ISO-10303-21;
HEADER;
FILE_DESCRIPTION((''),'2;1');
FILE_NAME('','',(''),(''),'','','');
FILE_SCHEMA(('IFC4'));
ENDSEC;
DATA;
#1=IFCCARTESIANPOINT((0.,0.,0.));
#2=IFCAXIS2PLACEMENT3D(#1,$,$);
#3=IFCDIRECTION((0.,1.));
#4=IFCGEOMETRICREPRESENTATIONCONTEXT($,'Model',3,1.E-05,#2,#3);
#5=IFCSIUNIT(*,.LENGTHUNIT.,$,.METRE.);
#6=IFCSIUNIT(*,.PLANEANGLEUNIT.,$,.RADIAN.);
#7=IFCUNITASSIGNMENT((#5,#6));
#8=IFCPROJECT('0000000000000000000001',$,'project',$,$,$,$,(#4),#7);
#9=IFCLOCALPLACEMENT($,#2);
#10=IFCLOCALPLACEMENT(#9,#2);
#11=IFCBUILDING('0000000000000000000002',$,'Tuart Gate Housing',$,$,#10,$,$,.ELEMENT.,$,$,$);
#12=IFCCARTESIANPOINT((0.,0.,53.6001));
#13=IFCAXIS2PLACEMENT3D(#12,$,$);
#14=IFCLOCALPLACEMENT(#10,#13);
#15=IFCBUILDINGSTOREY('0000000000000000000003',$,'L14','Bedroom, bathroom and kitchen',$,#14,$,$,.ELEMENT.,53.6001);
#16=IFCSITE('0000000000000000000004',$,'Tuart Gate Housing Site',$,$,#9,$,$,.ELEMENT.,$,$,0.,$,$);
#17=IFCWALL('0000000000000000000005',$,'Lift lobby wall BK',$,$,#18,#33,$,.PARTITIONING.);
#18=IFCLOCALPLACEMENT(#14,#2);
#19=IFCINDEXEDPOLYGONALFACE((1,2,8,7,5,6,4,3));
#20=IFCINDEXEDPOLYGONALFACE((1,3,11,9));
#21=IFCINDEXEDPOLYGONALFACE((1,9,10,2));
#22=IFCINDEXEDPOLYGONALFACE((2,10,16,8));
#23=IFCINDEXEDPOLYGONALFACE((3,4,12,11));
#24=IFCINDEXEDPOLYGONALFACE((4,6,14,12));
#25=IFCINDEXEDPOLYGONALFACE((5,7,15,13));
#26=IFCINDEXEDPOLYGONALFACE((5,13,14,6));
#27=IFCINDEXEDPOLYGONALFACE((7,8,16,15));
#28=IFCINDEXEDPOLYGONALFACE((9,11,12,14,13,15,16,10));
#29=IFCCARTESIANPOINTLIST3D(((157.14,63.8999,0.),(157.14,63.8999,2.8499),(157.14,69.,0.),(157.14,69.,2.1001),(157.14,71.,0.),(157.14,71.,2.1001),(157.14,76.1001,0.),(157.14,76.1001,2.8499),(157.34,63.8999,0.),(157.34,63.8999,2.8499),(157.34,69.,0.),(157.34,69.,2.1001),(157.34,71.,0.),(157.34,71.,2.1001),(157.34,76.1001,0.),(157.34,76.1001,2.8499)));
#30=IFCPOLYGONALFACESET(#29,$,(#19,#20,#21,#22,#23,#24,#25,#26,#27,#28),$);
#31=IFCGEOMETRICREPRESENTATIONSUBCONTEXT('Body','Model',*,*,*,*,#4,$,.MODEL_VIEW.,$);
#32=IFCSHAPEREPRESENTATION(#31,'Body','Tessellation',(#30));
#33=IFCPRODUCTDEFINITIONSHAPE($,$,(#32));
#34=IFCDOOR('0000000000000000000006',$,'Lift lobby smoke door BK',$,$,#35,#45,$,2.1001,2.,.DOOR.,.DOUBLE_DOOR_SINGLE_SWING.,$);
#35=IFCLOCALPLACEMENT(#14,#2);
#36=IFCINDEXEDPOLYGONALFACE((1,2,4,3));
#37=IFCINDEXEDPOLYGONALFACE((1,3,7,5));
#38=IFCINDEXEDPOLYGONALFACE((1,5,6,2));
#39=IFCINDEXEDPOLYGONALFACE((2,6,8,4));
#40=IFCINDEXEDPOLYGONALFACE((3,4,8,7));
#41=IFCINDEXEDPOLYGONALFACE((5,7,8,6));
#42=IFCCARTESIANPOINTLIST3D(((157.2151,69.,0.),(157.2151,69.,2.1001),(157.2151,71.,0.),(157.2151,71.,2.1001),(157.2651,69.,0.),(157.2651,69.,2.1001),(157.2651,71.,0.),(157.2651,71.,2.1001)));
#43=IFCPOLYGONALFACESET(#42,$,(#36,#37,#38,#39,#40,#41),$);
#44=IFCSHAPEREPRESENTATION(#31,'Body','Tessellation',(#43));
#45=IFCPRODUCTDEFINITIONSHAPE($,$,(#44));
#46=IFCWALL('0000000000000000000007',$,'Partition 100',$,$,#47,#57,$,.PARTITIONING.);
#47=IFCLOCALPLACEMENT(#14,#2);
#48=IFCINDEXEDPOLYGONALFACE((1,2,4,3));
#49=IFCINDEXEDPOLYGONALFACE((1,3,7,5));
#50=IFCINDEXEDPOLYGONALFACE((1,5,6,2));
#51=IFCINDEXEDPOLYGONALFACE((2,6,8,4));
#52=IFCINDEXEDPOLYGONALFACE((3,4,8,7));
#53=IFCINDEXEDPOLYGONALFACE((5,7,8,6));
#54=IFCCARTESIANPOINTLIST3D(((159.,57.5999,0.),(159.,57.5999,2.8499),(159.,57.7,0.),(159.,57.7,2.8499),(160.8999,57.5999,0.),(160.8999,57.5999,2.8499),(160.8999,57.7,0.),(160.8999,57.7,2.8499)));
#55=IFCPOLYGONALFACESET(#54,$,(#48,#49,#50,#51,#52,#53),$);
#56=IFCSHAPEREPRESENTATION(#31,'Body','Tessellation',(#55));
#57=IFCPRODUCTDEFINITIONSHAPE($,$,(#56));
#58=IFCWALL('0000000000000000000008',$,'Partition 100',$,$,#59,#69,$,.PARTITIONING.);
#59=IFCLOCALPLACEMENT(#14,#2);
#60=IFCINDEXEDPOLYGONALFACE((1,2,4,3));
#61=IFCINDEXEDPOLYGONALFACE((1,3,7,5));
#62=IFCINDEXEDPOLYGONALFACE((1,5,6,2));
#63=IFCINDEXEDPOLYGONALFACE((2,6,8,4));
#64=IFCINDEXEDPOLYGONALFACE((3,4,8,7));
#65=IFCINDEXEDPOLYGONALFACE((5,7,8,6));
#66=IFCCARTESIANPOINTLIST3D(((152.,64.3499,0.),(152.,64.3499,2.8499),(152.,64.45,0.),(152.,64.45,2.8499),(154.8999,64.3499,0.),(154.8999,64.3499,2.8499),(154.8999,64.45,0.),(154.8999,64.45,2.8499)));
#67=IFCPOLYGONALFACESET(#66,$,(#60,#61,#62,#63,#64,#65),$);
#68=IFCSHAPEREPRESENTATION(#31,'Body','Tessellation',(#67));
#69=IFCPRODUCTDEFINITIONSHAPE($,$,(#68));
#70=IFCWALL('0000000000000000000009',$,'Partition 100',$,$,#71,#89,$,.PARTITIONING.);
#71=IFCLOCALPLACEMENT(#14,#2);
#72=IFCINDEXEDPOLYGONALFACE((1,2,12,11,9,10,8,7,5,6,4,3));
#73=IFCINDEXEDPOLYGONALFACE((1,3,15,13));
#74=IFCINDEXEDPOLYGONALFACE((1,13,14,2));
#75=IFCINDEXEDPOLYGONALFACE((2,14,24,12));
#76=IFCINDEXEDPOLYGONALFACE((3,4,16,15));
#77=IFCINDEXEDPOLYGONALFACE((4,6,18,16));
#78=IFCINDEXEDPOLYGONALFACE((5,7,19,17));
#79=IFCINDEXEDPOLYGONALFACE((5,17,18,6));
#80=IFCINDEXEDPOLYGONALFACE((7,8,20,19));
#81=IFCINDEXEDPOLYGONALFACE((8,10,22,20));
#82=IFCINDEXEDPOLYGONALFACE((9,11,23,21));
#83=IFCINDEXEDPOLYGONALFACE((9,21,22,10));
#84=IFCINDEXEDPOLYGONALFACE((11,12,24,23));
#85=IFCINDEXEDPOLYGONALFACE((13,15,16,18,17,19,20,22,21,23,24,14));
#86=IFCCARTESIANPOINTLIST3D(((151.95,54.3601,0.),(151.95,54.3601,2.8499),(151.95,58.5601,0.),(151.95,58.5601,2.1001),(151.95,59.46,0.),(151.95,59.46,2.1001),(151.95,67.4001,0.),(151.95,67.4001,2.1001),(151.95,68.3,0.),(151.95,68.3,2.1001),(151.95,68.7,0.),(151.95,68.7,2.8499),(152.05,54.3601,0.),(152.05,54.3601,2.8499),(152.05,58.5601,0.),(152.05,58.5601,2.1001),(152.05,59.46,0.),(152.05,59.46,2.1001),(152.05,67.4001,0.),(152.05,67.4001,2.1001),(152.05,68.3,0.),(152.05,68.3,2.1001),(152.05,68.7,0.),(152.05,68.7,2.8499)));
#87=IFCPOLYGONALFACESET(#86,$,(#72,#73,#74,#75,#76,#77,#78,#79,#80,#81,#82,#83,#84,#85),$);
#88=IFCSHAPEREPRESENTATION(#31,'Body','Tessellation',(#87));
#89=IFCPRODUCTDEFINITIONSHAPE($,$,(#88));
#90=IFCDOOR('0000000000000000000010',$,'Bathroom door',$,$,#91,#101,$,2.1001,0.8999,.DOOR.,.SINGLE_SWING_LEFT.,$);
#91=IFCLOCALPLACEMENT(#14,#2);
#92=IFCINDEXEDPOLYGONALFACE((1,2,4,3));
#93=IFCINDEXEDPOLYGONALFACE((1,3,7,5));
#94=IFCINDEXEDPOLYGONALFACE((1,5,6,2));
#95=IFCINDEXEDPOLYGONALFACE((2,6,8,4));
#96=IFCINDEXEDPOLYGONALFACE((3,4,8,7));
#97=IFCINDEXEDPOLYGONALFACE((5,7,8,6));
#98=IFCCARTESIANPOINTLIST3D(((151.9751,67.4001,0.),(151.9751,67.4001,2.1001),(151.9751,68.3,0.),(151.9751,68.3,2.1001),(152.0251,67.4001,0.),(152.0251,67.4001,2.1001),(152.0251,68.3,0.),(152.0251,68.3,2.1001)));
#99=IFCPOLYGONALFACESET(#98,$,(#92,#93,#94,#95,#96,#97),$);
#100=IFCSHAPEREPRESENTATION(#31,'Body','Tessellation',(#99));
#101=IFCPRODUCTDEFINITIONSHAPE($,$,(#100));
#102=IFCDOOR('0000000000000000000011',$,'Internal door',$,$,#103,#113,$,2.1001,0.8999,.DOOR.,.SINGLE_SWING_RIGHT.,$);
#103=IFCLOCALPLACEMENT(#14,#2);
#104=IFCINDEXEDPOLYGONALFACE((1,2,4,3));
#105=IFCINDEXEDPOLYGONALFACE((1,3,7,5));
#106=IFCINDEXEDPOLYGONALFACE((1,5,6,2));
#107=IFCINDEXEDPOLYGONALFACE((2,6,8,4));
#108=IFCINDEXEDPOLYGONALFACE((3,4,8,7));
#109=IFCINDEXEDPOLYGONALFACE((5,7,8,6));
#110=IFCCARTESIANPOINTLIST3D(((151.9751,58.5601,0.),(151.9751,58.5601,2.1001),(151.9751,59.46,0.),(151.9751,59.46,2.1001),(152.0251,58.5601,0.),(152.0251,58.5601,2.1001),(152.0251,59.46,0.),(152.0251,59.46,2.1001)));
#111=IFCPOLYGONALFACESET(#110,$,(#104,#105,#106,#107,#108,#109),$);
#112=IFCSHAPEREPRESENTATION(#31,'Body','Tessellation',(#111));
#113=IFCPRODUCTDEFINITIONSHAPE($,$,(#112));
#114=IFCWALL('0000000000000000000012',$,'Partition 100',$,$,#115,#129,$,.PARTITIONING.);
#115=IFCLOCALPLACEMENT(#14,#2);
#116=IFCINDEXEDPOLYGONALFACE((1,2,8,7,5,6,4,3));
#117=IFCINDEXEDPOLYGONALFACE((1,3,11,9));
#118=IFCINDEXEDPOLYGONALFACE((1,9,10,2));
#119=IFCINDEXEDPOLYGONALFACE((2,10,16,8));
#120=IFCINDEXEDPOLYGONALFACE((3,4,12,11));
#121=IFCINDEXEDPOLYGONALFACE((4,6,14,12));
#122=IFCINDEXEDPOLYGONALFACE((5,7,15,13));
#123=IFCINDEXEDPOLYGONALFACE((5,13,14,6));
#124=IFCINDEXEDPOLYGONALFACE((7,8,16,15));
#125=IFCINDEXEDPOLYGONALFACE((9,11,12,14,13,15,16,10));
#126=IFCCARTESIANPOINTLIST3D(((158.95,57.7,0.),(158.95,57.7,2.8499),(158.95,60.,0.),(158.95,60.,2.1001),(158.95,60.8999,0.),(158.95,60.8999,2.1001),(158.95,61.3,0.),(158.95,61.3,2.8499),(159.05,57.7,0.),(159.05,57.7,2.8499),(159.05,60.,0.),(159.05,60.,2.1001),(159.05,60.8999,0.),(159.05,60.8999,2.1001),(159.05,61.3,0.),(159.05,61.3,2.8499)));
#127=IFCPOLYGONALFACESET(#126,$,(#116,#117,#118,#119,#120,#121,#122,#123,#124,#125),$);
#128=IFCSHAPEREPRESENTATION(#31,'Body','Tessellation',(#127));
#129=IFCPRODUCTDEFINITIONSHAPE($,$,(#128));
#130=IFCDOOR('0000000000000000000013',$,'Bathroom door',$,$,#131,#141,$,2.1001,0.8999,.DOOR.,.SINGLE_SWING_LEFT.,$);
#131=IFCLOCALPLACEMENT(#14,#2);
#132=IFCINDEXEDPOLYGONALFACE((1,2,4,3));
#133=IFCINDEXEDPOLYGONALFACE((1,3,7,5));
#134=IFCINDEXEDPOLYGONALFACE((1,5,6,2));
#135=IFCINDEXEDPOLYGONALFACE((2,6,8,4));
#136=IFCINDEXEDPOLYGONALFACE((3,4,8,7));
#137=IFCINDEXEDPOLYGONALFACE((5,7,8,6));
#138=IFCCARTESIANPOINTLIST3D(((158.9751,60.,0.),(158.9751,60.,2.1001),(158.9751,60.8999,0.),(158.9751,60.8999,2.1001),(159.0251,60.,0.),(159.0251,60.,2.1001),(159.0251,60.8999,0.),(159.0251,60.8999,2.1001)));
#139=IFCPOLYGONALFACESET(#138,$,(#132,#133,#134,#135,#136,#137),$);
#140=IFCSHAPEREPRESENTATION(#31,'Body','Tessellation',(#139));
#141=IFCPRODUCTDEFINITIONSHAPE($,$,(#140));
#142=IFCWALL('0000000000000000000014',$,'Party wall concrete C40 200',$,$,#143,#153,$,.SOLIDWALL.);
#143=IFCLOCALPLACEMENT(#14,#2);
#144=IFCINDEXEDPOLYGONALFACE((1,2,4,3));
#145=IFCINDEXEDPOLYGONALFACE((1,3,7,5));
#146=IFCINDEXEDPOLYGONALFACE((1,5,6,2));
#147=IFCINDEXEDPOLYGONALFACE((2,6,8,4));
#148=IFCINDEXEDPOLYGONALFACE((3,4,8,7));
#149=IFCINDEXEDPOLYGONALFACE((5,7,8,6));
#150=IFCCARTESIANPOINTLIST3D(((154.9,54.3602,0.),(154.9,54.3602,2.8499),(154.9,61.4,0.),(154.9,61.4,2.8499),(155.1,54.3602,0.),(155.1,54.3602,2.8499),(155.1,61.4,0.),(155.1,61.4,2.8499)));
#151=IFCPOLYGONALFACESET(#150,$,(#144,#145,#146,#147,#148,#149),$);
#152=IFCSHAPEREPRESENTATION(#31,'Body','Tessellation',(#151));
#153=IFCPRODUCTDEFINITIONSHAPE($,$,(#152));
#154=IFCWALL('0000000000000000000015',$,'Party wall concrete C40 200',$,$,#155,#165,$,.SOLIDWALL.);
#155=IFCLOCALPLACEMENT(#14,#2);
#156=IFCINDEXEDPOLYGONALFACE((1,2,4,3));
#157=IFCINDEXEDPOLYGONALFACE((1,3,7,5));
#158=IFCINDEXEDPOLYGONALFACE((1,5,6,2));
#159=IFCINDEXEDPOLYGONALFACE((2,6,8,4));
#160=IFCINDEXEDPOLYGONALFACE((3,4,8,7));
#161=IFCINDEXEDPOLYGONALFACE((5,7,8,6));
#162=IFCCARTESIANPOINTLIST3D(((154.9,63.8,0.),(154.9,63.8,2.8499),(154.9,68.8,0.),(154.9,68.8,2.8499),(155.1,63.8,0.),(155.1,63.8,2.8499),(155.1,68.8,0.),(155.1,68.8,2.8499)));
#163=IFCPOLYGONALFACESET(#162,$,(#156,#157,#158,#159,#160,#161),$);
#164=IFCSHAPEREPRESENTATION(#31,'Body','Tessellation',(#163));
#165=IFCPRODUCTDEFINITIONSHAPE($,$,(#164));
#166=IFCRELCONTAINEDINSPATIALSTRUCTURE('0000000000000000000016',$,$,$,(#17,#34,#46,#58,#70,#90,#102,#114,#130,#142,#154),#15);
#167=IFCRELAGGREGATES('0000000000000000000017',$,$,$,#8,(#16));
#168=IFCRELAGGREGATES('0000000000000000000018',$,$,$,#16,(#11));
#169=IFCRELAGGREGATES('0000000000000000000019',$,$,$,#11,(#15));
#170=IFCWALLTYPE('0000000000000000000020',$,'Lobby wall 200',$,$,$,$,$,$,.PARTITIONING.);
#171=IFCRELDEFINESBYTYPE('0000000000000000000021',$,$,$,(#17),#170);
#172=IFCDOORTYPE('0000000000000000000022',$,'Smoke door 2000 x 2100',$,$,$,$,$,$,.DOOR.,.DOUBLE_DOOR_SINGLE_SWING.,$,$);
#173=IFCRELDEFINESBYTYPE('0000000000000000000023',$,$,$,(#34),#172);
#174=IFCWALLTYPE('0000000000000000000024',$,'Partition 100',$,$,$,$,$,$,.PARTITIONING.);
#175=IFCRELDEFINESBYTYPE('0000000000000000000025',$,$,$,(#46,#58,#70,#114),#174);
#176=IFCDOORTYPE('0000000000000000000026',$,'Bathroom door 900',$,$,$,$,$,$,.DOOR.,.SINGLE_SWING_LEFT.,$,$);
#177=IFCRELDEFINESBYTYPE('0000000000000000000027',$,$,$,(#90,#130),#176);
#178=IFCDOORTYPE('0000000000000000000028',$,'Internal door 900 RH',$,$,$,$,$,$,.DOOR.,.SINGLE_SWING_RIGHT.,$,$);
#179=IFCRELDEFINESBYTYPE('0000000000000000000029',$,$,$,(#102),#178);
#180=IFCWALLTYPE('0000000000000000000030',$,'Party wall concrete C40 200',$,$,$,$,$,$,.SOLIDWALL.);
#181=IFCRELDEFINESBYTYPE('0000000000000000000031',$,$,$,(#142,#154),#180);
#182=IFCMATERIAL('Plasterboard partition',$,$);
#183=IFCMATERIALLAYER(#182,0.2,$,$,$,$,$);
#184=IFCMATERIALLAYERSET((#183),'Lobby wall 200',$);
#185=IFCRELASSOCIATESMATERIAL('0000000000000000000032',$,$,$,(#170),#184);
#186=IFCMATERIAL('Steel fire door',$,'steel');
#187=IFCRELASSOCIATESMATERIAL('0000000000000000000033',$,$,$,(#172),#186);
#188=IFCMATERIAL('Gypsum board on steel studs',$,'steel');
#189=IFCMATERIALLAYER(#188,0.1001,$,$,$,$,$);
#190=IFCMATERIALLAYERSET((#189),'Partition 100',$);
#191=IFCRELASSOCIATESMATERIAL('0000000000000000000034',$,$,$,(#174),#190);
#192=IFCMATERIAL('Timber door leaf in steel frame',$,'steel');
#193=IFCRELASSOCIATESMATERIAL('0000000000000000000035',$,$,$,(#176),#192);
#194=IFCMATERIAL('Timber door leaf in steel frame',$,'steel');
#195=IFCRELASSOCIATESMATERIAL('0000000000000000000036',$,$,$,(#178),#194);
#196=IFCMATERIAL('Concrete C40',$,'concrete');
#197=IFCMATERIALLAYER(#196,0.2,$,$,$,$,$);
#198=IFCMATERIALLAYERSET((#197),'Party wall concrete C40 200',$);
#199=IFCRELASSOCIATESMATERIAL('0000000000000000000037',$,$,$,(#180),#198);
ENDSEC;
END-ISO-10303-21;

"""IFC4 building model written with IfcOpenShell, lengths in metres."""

from ifc_helpers import new_model, si_unit, direction, frame, frame_2d, origin, place, context, subcontext, project, spatial, rectangle, extrude, material, layer, layer_set, type_object, element, fill, save


model = new_model("IFC4")

# Units and contexts
model_context = context("Model", 3, precision=1e-05, world=origin(), true_north=direction((0.0, 1.0)))
body_context = subcontext(model_context, "Body", "Model", "MODEL_VIEW")
ifc_project = project(units=[si_unit("LENGTHUNIT", "METRE"), si_unit("PLANEANGLEUNIT", "RADIAN")], contexts=[model_context])

# Site, building, storey
site_placement = place(None, origin())
site = spatial("IfcSite", under=ifc_project, at=site_placement, Name="Tuart Gate Housing Site", CompositionType="ELEMENT", RefElevation=0.0)
building_placement = place(site_placement, origin())
building = spatial("IfcBuilding", under=site, at=building_placement, Name="Tuart Gate Housing", CompositionType="ELEMENT")
storey_placement = place(building_placement, frame((0.0, 0.0, 53.6001)))
storey = spatial("IfcBuildingStorey", under=building, at=storey_placement, Name="L14", Description="Bedroom, bathroom and kitchen", CompositionType="ELEMENT", Elevation=53.6001)

# Wall, opening, door
ifc_material_1 = material(Name="Plasterboard partition")
ifc_layer_1 = layer(ifc_material_1, 0.2)
ifc_layer_set_1 = layer_set([ifc_layer_1], Name="Lobby wall 200")
wall_type_1 = type_object("IfcWallType", Name="Lobby wall 200", PredefinedType="PARTITIONING", material=ifc_layer_set_1)
wall_1_placement = place(storey_placement, frame((157.24, 63.8999, 0.0), z_axis=(0.0, 0.0, 1.0), x_axis=(0.0, 1.0, 0.0)))
wall_1 = element("IfcWall", 1, at=wall_1_placement, inside=storey, type_object=wall_type_1, Name="Lift lobby wall BK", PredefinedType="PARTITIONING", context=body_context, shape_type="SweptSolid", body=[
    extrude(rectangle(XDim=12.2002, YDim=0.2, at=frame_2d((6.1001, 0.0))), origin(), (0.0, 0.0, 1.0), 2.8499),
])
opening_1_placement = place(wall_1_placement, frame((5.1001, 0.0, 0.0)))
opening_1 = element("IfcOpeningElement", 2, at=opening_1_placement, cuts=wall_1, PredefinedType="OPENING", context=body_context, shape_type="SweptSolid", body=[
    extrude(rectangle(XDim=2.0, YDim=2.1001, at=frame_2d((1.0, 1.05))), frame((0.0, 0.1099, 0.0), z_axis=(0.0, -1.0, 0.0), x_axis=(1.0, 0.0, 0.0)), (0.0, 0.0, 1.0), 0.22),
])
ifc_material_2 = material(Name="Steel fire door", Category="steel")
door_type_1 = type_object("IfcDoorType", Name="Smoke door 2000 x 2100", OperationType="DOUBLE_DOOR_SINGLE_SWING", PredefinedType="DOOR", material=ifc_material_2)
door_1_placement = place(opening_1_placement, frame((2.0, 0.0, 0.0), z_axis=(0.0, 0.0, 1.0), x_axis=(-1.0, 0.0, 0.0)))
door_1 = element("IfcDoor", 3, at=door_1_placement, inside=storey, type_object=door_type_1, Name="Lift lobby smoke door BK", OperationType="DOUBLE_DOOR_SINGLE_SWING", OverallHeight=2.1001, OverallWidth=2.0, PredefinedType="DOOR", context=body_context, shape_type="SweptSolid", body=[
    extrude(rectangle(XDim=2.0, YDim=2.1001, at=frame_2d((1.0, 1.05))), frame((0.0, 0.0251, 0.0), z_axis=(0.0, -1.0, 0.0), x_axis=(1.0, 0.0, 0.0)), (0.0, 0.0, 1.0), 0.05),
])
fill(opening_1, door_1)

# Walls
ifc_material_3 = material(Name="Gypsum board on steel studs", Category="steel")
ifc_layer_2 = layer(ifc_material_3, 0.1001)
ifc_layer_set_2 = layer_set([ifc_layer_2], Name="Partition 100")
wall_type_2 = type_object("IfcWallType", Name="Partition 100", PredefinedType="PARTITIONING", material=ifc_layer_set_2)
wall_2_placement = place(storey_placement, frame((159.0, 57.6499, 0.0), z_axis=(0.0, 0.0, 1.0), x_axis=(1.0, 0.0, 0.0)))
element("IfcWall", 4, at=wall_2_placement, inside=storey, type_object=wall_type_2, Name="Partition 100", PredefinedType="PARTITIONING", context=body_context, shape_type="SweptSolid", body=[
    extrude(rectangle(XDim=1.8999, YDim=0.1001, at=frame_2d((0.95, 0.0))), origin(), (0.0, 0.0, 1.0), 2.8499),
])
wall_3_placement = place(storey_placement, frame((152.0, 64.3999, 0.0), z_axis=(0.0, 0.0, 1.0), x_axis=(1.0, 0.0, 0.0)))
element("IfcWall", 5, at=wall_3_placement, inside=storey, type_object=wall_type_2, Name="Partition 100", PredefinedType="PARTITIONING", context=body_context, shape_type="SweptSolid", body=[
    extrude(rectangle(XDim=2.8999, YDim=0.1001, at=frame_2d((1.45, 0.0))), origin(), (0.0, 0.0, 1.0), 2.8499),
])

# Wall, openings, doors
wall_4_placement = place(storey_placement, frame((152.0, 54.3601, 0.0), z_axis=(0.0, 0.0, 1.0), x_axis=(0.0, 1.0, 0.0)))
wall_4 = element("IfcWall", 6, at=wall_4_placement, inside=storey, type_object=wall_type_2, Name="Partition 100", PredefinedType="PARTITIONING", context=body_context, shape_type="SweptSolid", body=[
    extrude(rectangle(XDim=14.3398, YDim=0.1001, at=frame_2d((7.1699, 0.0))), origin(), (0.0, 0.0, 1.0), 2.8499),
])
opening_2_placement = place(wall_4_placement, frame((4.2, 0.0, 0.0)))
opening_2 = element("IfcOpeningElement", 7, at=opening_2_placement, cuts=wall_4, PredefinedType="OPENING", context=body_context, shape_type="SweptSolid", body=[
    extrude(rectangle(XDim=0.8999, YDim=2.1001, at=frame_2d((0.45, 1.05))), frame((0.0, 0.0601, 0.0), z_axis=(0.0, -1.0, 0.0), x_axis=(1.0, 0.0, 0.0)), (0.0, 0.0, 1.0), 0.1201),
])
opening_3_placement = place(wall_4_placement, frame((13.04, 0.0, 0.0)))
opening_3 = element("IfcOpeningElement", 8, at=opening_3_placement, cuts=wall_4, PredefinedType="OPENING", context=body_context, shape_type="SweptSolid", body=[
    extrude(rectangle(XDim=0.8999, YDim=2.1001, at=frame_2d((0.45, 1.05))), frame((0.0, 0.0601, 0.0), z_axis=(0.0, -1.0, 0.0), x_axis=(1.0, 0.0, 0.0)), (0.0, 0.0, 1.0), 0.1201),
])
ifc_material_4 = material(Name="Timber door leaf in steel frame", Category="steel")
door_type_2 = type_object("IfcDoorType", Name="Bathroom door 900", OperationType="SINGLE_SWING_LEFT", PredefinedType="DOOR", material=ifc_material_4)
door_2_placement = place(opening_3_placement, frame((0.8999, 0.0, 0.0), z_axis=(0.0, 0.0, 1.0), x_axis=(-1.0, 0.0, 0.0)))
door_2 = element("IfcDoor", 9, at=door_2_placement, inside=storey, type_object=door_type_2, Name="Bathroom door", OperationType="SINGLE_SWING_LEFT", OverallHeight=2.1001, OverallWidth=0.8999, PredefinedType="DOOR", context=body_context, shape_type="SweptSolid", body=[
    extrude(rectangle(XDim=0.8999, YDim=2.1001, at=frame_2d((0.45, 1.05))), frame((0.0, 0.0251, 0.0), z_axis=(0.0, -1.0, 0.0), x_axis=(1.0, 0.0, 0.0)), (0.0, 0.0, 1.0), 0.05),
])
fill(opening_3, door_2)
ifc_material_5 = material(Name="Timber door leaf in steel frame", Category="steel")
door_type_3 = type_object("IfcDoorType", Name="Internal door 900 RH", OperationType="SINGLE_SWING_RIGHT", PredefinedType="DOOR", material=ifc_material_5)
door_3_placement = place(opening_2_placement, frame((0.8999, 0.0, 0.0), z_axis=(0.0, 0.0, 1.0), x_axis=(-1.0, 0.0, 0.0)))
door_3 = element("IfcDoor", 10, at=door_3_placement, inside=storey, type_object=door_type_3, Name="Internal door", OperationType="SINGLE_SWING_RIGHT", OverallHeight=2.1001, OverallWidth=0.8999, PredefinedType="DOOR", context=body_context, shape_type="SweptSolid", body=[
    extrude(rectangle(XDim=0.8999, YDim=2.1001, at=frame_2d((0.45, 1.05))), frame((0.0, 0.0251, 0.0), z_axis=(0.0, -1.0, 0.0), x_axis=(1.0, 0.0, 0.0)), (0.0, 0.0, 1.0), 0.05),
])
fill(opening_2, door_3)

# Wall, opening, door
wall_5_placement = place(storey_placement, frame((159.0, 57.7, 0.0), z_axis=(0.0, 0.0, 1.0), x_axis=(0.0, 1.0, 0.0)))
wall_5 = element("IfcWall", 11, at=wall_5_placement, inside=storey, type_object=wall_type_2, Name="Partition 100", PredefinedType="PARTITIONING", context=body_context, shape_type="SweptSolid", body=[
    extrude(rectangle(XDim=3.6001, YDim=0.1001, at=frame_2d((1.8, 0.0))), origin(), (0.0, 0.0, 1.0), 2.8499),
])
opening_4_placement = place(wall_5_placement, frame((2.3, 0.0, 0.0)))
opening_4 = element("IfcOpeningElement", 12, at=opening_4_placement, cuts=wall_5, PredefinedType="OPENING", context=body_context, shape_type="SweptSolid", body=[
    extrude(rectangle(XDim=0.8999, YDim=2.1001, at=frame_2d((0.45, 1.05))), frame((0.0, 0.0601, 0.0), z_axis=(0.0, -1.0, 0.0), x_axis=(1.0, 0.0, 0.0)), (0.0, 0.0, 1.0), 0.1201),
])
door_4_placement = place(opening_4_placement, frame((0.8999, 0.0, 0.0), z_axis=(0.0, 0.0, 1.0), x_axis=(-1.0, 0.0, 0.0)))
door_4 = element("IfcDoor", 13, at=door_4_placement, inside=storey, type_object=door_type_2, Name="Bathroom door", OperationType="SINGLE_SWING_LEFT", OverallHeight=2.1001, OverallWidth=0.8999, PredefinedType="DOOR", context=body_context, shape_type="SweptSolid", body=[
    extrude(rectangle(XDim=0.8999, YDim=2.1001, at=frame_2d((0.45, 1.05))), frame((0.0, 0.0251, 0.0), z_axis=(0.0, -1.0, 0.0), x_axis=(1.0, 0.0, 0.0)), (0.0, 0.0, 1.0), 0.05),
])
fill(opening_4, door_4)

# Walls
ifc_material_6 = material(Name="Concrete C40", Category="concrete")
ifc_layer_3 = layer(ifc_material_6, 0.2)
ifc_layer_set_3 = layer_set([ifc_layer_3], Name="Party wall concrete C40 200")
wall_type_3 = type_object("IfcWallType", Name="Party wall concrete C40 200", PredefinedType="SOLIDWALL", material=ifc_layer_set_3)
wall_6_placement = place(storey_placement, frame((155.0, 54.3601, 0.0), z_axis=(0.0, 0.0, 1.0), x_axis=(0.0, 1.0, 0.0)))
element("IfcWall", 14, at=wall_6_placement, inside=storey, type_object=wall_type_3, Name="Party wall concrete C40 200", PredefinedType="SOLIDWALL", context=body_context, shape_type="SweptSolid", body=[
    extrude(rectangle(XDim=7.0398, YDim=0.2, at=frame_2d((3.52, 0.0))), origin(), (0.0, 0.0, 1.0), 2.8499),
])
wall_7_placement = place(storey_placement, frame((155.0, 63.8, 0.0), z_axis=(0.0, 0.0, 1.0), x_axis=(0.0, 1.0, 0.0)))
element("IfcWall", 15, at=wall_7_placement, inside=storey, type_object=wall_type_3, Name="Party wall concrete C40 200", PredefinedType="SOLIDWALL", context=body_context, shape_type="SweptSolid", body=[
    extrude(rectangle(XDim=5.0, YDim=0.2, at=frame_2d((2.5, 0.0))), origin(), (0.0, 0.0, 1.0), 2.8499),
])

save(model, "model.ifc")
